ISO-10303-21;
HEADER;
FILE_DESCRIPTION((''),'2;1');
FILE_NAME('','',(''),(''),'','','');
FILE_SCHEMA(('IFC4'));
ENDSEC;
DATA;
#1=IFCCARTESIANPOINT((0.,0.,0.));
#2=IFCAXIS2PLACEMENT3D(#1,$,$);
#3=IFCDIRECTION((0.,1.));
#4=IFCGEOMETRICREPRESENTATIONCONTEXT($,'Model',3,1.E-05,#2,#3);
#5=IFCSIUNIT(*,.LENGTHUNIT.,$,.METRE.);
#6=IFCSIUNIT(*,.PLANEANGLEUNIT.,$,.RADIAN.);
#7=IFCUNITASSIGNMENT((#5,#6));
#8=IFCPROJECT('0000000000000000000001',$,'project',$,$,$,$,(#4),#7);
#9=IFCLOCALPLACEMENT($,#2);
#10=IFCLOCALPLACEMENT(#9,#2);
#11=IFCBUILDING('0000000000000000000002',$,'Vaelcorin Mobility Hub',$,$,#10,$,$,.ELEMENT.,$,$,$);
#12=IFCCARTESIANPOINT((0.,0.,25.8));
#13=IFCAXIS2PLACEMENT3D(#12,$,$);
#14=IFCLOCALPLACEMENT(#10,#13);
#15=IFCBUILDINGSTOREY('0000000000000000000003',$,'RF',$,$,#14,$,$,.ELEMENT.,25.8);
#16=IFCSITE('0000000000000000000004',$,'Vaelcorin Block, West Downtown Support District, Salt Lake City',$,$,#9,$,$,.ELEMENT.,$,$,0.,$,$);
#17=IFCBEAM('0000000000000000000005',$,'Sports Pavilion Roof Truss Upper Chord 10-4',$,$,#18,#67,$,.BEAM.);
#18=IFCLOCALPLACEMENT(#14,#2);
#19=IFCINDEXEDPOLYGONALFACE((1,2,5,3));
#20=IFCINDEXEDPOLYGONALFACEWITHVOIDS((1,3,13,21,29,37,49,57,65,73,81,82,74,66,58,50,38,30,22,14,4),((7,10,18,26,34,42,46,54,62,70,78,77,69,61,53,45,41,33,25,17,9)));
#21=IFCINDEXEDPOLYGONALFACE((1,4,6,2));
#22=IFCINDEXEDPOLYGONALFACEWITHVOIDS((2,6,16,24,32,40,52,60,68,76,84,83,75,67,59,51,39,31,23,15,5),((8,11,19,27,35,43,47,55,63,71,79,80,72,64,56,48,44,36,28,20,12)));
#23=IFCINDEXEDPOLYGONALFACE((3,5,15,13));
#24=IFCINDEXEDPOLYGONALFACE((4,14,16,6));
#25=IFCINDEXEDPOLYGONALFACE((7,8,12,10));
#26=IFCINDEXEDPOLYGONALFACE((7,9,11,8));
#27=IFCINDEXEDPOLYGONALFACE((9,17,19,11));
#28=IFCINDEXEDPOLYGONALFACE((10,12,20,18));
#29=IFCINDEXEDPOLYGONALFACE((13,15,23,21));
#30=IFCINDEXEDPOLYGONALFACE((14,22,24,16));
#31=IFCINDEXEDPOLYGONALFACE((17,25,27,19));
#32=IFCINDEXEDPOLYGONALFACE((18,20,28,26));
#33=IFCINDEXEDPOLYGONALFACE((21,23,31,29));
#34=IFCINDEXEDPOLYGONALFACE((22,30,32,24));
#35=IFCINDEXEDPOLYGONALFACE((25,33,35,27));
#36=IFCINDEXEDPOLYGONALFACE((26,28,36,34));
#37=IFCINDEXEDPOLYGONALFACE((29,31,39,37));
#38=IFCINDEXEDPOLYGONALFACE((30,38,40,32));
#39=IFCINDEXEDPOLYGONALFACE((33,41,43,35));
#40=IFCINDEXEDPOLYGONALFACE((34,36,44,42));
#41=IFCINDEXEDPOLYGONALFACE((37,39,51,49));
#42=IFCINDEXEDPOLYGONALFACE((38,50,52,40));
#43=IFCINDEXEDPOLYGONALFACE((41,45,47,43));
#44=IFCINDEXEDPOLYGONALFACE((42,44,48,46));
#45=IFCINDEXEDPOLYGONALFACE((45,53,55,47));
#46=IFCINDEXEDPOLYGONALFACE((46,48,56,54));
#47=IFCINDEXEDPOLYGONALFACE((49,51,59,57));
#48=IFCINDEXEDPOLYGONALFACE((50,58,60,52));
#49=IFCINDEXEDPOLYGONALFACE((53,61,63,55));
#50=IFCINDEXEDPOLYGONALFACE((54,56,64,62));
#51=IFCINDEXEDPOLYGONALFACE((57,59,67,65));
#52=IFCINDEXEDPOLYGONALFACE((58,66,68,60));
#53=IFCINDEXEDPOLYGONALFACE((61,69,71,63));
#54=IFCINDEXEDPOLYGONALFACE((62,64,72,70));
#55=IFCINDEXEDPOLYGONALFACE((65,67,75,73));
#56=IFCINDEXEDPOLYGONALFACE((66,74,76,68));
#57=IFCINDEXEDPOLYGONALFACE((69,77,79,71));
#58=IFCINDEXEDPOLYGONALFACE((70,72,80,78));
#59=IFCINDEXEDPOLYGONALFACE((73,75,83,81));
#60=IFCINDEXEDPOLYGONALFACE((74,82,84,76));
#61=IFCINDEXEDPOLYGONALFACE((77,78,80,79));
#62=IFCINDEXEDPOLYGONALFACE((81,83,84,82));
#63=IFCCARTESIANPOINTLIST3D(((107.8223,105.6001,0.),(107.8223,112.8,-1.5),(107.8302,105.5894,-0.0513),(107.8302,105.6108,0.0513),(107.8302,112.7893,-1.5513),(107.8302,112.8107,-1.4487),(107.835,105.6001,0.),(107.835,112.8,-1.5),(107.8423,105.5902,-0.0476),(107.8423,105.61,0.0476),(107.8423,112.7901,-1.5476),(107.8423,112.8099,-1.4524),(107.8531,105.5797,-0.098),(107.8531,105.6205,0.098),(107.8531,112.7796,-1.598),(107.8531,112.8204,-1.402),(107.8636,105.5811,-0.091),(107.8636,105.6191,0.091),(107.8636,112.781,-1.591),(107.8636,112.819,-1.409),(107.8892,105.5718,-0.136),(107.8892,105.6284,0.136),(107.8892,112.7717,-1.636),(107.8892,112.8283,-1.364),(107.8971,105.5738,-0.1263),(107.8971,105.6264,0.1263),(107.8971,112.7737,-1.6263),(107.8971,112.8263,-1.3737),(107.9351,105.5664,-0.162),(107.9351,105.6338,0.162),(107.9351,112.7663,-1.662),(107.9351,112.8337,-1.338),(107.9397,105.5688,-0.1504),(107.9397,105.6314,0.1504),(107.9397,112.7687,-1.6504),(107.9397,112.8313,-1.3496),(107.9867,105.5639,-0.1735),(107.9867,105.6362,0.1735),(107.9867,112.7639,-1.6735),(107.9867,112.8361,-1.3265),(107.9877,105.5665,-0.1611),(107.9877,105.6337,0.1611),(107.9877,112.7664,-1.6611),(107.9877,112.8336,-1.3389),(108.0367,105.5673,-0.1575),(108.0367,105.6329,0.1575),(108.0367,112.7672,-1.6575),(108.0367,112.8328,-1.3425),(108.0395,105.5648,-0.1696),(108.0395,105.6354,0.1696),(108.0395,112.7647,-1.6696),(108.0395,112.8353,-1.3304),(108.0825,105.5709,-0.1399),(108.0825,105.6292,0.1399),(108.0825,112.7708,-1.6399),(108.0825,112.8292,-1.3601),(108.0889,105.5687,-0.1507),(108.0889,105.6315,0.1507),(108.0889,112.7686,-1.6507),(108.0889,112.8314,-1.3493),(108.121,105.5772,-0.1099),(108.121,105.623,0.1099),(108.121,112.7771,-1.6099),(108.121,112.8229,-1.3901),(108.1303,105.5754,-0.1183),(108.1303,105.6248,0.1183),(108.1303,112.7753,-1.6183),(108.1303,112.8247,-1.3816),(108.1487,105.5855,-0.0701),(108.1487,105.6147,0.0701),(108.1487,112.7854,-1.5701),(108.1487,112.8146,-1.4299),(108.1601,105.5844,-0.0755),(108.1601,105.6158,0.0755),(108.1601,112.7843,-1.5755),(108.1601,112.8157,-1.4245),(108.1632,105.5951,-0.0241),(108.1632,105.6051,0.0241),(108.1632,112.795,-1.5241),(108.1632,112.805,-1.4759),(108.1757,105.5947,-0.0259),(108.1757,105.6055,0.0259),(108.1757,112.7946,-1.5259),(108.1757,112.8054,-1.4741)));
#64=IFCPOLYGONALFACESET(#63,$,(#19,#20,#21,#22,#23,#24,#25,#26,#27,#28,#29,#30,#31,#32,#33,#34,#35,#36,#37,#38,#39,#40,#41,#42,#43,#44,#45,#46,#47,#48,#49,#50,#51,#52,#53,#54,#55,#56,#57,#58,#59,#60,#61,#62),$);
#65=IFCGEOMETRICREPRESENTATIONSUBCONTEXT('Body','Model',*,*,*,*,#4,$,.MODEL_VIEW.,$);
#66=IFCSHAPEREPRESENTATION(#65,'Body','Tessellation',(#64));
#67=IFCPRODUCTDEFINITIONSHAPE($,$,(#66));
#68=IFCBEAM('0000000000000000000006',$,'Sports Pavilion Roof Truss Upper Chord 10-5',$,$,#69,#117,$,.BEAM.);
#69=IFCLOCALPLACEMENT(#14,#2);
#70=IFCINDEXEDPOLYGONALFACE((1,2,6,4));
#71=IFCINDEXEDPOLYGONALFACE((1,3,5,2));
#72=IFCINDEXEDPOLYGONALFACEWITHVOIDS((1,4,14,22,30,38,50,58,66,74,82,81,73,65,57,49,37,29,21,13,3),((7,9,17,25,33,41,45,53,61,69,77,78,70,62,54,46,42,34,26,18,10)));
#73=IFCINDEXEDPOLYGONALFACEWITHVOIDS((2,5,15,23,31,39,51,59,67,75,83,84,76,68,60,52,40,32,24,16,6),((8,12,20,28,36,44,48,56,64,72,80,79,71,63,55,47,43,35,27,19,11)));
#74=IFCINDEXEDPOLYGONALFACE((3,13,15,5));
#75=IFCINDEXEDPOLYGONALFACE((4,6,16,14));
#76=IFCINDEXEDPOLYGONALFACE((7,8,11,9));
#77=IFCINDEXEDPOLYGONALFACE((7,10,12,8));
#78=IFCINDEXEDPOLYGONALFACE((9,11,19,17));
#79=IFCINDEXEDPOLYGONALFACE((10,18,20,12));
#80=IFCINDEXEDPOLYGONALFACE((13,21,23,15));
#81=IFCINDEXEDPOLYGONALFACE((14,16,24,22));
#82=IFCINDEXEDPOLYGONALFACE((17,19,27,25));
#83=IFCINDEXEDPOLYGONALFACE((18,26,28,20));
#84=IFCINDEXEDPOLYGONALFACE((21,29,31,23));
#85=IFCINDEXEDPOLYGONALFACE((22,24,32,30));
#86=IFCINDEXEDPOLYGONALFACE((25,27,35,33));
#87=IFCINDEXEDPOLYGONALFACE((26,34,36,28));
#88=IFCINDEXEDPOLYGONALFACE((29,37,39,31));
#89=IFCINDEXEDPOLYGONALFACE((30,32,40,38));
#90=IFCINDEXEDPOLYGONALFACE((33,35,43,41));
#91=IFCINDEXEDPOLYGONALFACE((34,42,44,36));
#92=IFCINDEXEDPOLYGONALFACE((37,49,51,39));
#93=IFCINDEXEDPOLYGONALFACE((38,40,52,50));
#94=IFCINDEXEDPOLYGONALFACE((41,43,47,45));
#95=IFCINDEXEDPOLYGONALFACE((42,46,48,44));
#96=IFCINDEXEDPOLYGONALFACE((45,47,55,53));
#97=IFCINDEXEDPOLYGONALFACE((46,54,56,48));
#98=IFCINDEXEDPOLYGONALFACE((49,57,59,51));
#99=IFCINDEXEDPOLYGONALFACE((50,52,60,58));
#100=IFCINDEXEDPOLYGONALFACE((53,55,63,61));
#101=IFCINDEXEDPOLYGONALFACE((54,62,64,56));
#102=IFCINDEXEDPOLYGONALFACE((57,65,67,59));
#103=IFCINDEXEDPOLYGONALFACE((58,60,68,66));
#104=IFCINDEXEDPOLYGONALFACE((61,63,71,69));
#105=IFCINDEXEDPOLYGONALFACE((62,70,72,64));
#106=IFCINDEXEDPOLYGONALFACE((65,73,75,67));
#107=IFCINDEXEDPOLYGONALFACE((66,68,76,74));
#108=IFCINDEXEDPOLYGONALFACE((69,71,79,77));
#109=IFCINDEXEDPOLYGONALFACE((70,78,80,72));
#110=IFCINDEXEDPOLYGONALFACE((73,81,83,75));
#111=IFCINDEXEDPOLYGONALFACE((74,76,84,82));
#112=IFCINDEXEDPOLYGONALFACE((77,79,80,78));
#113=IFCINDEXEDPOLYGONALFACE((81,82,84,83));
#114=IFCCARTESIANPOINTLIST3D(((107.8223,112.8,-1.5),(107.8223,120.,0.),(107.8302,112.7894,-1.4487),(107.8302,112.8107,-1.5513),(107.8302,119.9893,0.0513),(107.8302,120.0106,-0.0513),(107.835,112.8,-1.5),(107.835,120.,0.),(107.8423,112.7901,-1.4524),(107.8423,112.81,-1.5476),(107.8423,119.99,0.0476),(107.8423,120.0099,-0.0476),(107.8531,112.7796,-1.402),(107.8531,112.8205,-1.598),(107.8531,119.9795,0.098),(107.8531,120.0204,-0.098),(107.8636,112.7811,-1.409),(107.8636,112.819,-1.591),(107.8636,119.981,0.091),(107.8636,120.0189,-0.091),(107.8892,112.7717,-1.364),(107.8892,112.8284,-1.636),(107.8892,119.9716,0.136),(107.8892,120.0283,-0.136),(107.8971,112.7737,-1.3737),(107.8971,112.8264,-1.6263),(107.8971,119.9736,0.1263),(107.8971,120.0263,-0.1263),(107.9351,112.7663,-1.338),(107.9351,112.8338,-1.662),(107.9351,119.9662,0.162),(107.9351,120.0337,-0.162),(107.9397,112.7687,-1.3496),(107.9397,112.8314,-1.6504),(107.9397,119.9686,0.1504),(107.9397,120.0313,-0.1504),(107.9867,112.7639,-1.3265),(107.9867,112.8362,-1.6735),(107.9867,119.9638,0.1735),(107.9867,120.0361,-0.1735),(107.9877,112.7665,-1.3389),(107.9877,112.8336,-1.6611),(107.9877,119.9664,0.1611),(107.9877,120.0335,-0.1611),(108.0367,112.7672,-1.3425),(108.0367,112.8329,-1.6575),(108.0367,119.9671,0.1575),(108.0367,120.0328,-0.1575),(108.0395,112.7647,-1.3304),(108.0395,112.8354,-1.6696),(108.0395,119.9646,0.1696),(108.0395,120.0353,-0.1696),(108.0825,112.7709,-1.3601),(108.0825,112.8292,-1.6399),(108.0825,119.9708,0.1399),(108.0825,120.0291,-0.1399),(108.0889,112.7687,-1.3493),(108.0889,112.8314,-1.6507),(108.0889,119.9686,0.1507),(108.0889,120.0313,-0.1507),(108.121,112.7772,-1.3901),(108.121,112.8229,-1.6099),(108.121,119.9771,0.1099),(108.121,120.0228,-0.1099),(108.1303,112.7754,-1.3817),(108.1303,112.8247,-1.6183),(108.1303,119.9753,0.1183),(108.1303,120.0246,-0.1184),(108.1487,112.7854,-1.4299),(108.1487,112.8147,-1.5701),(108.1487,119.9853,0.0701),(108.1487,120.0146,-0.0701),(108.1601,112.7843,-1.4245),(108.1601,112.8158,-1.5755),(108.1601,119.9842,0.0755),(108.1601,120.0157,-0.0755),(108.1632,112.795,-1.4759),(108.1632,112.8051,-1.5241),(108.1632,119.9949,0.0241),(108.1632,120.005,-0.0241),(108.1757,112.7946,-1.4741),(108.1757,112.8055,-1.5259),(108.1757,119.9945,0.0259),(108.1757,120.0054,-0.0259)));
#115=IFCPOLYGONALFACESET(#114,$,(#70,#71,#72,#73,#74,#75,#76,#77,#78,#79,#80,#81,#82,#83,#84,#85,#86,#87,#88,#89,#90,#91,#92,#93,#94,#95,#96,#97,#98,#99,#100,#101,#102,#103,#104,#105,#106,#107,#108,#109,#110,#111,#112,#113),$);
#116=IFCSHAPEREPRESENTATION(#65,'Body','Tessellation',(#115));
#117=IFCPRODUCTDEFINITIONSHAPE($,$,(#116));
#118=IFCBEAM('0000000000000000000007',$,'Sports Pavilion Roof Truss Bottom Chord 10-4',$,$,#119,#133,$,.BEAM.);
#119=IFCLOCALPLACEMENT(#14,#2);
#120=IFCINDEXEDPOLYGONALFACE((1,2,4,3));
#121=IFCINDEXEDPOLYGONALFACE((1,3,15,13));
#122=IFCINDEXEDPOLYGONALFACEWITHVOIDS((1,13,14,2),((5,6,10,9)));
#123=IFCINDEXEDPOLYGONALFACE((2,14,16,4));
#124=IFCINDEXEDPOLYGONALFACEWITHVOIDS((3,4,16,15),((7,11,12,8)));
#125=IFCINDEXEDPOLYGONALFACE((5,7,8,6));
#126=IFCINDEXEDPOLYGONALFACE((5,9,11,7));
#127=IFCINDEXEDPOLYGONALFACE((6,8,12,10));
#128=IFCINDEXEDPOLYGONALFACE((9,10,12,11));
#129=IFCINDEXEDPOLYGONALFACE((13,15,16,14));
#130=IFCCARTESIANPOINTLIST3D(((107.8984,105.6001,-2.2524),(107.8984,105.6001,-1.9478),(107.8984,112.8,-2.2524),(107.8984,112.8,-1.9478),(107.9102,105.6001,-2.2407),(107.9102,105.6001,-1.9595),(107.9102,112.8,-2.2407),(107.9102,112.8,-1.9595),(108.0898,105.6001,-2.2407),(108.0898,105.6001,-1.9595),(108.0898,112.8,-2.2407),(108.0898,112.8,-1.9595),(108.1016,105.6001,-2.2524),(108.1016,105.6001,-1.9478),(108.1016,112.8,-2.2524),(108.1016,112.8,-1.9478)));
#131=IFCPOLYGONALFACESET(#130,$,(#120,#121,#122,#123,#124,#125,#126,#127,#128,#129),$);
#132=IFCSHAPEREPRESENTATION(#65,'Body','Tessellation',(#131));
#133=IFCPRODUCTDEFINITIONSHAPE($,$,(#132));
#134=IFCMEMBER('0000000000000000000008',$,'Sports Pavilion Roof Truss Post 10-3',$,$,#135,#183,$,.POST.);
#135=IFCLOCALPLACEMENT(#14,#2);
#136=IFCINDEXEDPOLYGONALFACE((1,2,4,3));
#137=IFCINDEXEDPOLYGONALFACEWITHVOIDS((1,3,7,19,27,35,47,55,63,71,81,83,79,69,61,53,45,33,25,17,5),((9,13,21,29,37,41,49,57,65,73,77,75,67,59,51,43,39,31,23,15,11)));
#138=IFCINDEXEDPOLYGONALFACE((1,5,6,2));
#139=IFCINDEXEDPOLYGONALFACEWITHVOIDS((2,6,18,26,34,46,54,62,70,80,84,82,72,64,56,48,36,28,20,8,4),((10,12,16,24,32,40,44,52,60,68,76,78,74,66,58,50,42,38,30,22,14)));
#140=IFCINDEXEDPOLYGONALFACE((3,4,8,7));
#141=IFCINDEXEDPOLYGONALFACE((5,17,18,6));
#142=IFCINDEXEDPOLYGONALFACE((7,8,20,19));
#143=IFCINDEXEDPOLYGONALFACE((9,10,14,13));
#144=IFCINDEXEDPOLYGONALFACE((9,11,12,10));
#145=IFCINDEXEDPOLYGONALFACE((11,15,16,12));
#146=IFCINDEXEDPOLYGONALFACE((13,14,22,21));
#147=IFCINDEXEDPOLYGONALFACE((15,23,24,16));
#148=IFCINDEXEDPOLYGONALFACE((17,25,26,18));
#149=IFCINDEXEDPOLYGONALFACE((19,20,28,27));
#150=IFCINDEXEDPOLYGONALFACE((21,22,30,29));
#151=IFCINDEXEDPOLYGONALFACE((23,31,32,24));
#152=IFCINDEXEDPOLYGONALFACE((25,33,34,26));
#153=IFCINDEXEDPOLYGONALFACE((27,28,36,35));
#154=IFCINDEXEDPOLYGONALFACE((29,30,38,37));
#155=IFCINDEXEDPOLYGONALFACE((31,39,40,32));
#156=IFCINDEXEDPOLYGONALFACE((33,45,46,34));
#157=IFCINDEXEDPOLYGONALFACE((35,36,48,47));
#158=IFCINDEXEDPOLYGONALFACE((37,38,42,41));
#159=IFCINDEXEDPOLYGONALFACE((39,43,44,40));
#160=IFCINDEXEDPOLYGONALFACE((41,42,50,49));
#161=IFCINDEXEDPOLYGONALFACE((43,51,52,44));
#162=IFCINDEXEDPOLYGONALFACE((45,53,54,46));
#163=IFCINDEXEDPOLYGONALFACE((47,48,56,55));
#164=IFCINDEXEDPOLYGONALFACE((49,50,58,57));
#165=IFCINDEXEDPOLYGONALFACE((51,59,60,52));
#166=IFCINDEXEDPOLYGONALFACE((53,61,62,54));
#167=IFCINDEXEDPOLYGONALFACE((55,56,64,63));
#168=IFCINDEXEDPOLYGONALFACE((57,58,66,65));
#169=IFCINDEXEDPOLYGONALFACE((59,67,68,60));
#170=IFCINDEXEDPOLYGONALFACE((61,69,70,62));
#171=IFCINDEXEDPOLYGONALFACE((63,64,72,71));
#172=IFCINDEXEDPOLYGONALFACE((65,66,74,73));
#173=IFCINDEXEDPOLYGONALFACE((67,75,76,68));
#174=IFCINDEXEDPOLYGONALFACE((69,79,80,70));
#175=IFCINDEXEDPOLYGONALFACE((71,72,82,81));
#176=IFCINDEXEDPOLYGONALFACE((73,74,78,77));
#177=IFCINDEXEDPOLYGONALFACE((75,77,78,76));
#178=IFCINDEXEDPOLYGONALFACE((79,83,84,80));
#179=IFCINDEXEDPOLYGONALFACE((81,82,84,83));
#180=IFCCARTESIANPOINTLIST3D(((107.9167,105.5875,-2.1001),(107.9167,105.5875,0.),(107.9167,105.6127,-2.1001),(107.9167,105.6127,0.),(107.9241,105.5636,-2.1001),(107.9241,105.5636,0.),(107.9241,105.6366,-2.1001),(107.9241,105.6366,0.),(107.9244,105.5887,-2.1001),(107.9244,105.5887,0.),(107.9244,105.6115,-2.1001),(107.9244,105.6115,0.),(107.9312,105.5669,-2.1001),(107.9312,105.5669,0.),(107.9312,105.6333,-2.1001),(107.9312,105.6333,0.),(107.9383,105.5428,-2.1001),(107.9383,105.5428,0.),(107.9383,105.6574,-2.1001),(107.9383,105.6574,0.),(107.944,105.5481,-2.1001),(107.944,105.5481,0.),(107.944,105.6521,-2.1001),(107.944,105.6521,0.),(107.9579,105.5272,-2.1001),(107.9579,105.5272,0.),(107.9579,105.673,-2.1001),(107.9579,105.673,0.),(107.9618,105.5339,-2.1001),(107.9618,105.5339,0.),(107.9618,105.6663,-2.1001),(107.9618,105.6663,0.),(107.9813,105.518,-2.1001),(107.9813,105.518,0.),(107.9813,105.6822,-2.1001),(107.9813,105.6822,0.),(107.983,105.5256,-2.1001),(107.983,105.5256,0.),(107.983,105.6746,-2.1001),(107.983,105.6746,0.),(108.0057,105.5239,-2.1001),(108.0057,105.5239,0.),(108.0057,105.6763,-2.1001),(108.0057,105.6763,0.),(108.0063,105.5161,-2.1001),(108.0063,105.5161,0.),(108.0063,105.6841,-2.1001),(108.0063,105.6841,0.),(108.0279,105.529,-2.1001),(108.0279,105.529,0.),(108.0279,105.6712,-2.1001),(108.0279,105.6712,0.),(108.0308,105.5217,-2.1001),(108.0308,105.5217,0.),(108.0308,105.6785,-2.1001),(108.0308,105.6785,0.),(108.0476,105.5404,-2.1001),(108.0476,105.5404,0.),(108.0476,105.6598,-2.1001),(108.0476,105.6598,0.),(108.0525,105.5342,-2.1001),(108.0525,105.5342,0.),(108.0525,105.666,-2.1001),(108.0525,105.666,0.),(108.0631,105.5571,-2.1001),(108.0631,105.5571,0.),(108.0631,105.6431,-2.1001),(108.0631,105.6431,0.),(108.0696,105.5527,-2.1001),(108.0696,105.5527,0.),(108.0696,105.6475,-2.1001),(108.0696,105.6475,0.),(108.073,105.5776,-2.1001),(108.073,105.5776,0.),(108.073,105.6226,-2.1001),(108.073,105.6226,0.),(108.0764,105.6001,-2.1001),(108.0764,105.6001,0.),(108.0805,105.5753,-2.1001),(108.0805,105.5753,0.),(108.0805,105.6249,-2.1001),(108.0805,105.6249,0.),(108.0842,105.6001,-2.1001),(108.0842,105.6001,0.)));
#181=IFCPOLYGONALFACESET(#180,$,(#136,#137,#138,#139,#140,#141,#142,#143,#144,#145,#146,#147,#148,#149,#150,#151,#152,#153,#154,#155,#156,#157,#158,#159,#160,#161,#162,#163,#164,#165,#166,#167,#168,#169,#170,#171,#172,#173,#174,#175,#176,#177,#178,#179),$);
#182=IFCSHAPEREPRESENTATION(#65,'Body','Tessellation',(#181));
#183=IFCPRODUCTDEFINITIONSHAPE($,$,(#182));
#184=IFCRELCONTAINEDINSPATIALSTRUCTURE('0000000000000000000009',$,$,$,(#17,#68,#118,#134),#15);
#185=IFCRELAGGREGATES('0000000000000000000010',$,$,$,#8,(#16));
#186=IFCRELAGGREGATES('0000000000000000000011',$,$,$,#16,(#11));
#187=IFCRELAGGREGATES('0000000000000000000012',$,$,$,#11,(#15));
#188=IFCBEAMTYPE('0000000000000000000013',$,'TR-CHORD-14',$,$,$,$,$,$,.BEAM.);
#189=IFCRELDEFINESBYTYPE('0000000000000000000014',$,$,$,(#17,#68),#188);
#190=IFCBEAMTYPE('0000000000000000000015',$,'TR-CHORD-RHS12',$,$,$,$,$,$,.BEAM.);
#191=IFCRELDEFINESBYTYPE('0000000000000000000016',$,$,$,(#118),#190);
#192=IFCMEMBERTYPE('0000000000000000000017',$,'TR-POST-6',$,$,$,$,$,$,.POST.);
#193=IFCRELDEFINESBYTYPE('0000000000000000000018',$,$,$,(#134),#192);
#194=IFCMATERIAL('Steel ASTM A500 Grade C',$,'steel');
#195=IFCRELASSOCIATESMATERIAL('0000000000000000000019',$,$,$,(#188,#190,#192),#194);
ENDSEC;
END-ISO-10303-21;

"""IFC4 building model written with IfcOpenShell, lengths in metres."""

from ifc_helpers import new_model, si_unit, direction, frame, origin, origin_2d, place, context, subcontext, project, spatial, hollow_rectangle, hollow_circle, extrude, material, material_profile, profile_set, type_object, element, save


model = new_model("IFC4")

# Units and contexts
model_context = context("Model", 3, precision=1e-05, world=origin(), true_north=direction((0.0, 1.0)))
body_context = subcontext(model_context, "Body", "Model", "MODEL_VIEW")
ifc_project = project(units=[si_unit("LENGTHUNIT", "METRE"), si_unit("PLANEANGLEUNIT", "RADIAN")], contexts=[model_context])

# Site, building, storey
site_placement = place(None, origin())
site = spatial("IfcSite", under=ifc_project, at=site_placement, Name="Vaelcorin Block, West Downtown Support District, Salt Lake City", CompositionType="ELEMENT", RefElevation=0.0)
building_placement = place(site_placement, origin())
building = spatial("IfcBuilding", under=site, at=building_placement, Name="Vaelcorin Mobility Hub", CompositionType="ELEMENT")
storey_placement = place(building_placement, frame((0.0, 0.0, 25.8)))
storey = spatial("IfcBuildingStorey", under=building, at=storey_placement, Name="RF", CompositionType="ELEMENT", Elevation=25.8)

# Shared definitions
ifc_material_1 = material(Name="Steel ASTM A500 Grade C", Category="steel")

# Beams
ifc_material_profile_1 = material_profile(ifc_material_1, hollow_circle(Radius=0.1777, WallThickness=0.0127, at=origin_2d()), Name="HSS14.000X0.500")
ifc_profile_set_1 = profile_set([ifc_material_profile_1], Name="Steel ASTM A500 Grade C")
beam_type_1 = type_object("IfcBeamType", Name="TR-CHORD-14", PredefinedType="BEAM", material=ifc_profile_set_1)
for number, where, z_axis, x_axis, name in (
    (1, (108.0, 105.6001, 0.0), (0.0, 0.97898, -0.203956), (-1.0, 0.0, 0.0), "Sports Pavilion Roof Truss Upper Chord 10-4"),
    (2, (108.0, 112.8, -1.5), (0.0, 0.97898, 0.203956), (-1.0, 0.0, 0.0), "Sports Pavilion Roof Truss Upper Chord 10-5"),
):
    element("IfcBeam", number, at=place(storey_placement, frame(where, z_axis=z_axis, x_axis=x_axis)), inside=storey, type_object=beam_type_1, Name=name, PredefinedType="BEAM", context=body_context, shape_type="SweptSolid", body=[
        extrude(hollow_circle(Radius=0.1777, WallThickness=0.0127, at=origin_2d()), origin(), (0.0, 0.0, 1.0), 7.3545),
    ])
ifc_material_profile_2 = material_profile(ifc_material_1, hollow_rectangle(XDim=0.2031, YDim=0.3047, WallThickness=0.0117, at=origin_2d()), Name="HSS12X8X0.500")
ifc_profile_set_2 = profile_set([ifc_material_profile_2], Name="Steel ASTM A500 Grade C")
beam_type_2 = type_object("IfcBeamType", Name="TR-CHORD-RHS12", PredefinedType="BEAM", material=ifc_profile_set_2)
beam_placement = place(storey_placement, frame((108.0, 105.6001, -2.1001), z_axis=(0.0, 1.0, 0.0), x_axis=(-1.0, 0.0, 0.0)))
element("IfcBeam", 3, at=beam_placement, inside=storey, type_object=beam_type_2, Name="Sports Pavilion Roof Truss Bottom Chord 10-4", PredefinedType="BEAM", context=body_context, shape_type="SweptSolid", body=[
    extrude(hollow_rectangle(XDim=0.2031, YDim=0.3047, WallThickness=0.0117, at=origin_2d()), origin(), (0.0, 0.0, 1.0), 7.2),
])

# Member
ifc_material_profile_3 = material_profile(ifc_material_1, hollow_circle(Radius=0.0842, WallThickness=0.0078, at=origin_2d()), Name="HSS6.625X0.312")
ifc_profile_set_3 = profile_set([ifc_material_profile_3], Name="Steel ASTM A500 Grade C")
member_type_1 = type_object("IfcMemberType", Name="TR-POST-6", PredefinedType="POST", material=ifc_profile_set_3)
member_1_placement = place(storey_placement, frame((108.0, 105.6001, -2.1001), z_axis=(0.0, 0.0, 1.0), x_axis=(1.0, 0.0, 0.0)))
element("IfcMember", 4, at=member_1_placement, inside=storey, type_object=member_type_1, Name="Sports Pavilion Roof Truss Post 10-3", PredefinedType="POST", context=body_context, shape_type="SweptSolid", body=[
    extrude(hollow_circle(Radius=0.0842, WallThickness=0.0078, at=origin_2d()), origin(), (0.0, 0.0, 1.0), 2.1001),
])

save(model, "model.ifc")
